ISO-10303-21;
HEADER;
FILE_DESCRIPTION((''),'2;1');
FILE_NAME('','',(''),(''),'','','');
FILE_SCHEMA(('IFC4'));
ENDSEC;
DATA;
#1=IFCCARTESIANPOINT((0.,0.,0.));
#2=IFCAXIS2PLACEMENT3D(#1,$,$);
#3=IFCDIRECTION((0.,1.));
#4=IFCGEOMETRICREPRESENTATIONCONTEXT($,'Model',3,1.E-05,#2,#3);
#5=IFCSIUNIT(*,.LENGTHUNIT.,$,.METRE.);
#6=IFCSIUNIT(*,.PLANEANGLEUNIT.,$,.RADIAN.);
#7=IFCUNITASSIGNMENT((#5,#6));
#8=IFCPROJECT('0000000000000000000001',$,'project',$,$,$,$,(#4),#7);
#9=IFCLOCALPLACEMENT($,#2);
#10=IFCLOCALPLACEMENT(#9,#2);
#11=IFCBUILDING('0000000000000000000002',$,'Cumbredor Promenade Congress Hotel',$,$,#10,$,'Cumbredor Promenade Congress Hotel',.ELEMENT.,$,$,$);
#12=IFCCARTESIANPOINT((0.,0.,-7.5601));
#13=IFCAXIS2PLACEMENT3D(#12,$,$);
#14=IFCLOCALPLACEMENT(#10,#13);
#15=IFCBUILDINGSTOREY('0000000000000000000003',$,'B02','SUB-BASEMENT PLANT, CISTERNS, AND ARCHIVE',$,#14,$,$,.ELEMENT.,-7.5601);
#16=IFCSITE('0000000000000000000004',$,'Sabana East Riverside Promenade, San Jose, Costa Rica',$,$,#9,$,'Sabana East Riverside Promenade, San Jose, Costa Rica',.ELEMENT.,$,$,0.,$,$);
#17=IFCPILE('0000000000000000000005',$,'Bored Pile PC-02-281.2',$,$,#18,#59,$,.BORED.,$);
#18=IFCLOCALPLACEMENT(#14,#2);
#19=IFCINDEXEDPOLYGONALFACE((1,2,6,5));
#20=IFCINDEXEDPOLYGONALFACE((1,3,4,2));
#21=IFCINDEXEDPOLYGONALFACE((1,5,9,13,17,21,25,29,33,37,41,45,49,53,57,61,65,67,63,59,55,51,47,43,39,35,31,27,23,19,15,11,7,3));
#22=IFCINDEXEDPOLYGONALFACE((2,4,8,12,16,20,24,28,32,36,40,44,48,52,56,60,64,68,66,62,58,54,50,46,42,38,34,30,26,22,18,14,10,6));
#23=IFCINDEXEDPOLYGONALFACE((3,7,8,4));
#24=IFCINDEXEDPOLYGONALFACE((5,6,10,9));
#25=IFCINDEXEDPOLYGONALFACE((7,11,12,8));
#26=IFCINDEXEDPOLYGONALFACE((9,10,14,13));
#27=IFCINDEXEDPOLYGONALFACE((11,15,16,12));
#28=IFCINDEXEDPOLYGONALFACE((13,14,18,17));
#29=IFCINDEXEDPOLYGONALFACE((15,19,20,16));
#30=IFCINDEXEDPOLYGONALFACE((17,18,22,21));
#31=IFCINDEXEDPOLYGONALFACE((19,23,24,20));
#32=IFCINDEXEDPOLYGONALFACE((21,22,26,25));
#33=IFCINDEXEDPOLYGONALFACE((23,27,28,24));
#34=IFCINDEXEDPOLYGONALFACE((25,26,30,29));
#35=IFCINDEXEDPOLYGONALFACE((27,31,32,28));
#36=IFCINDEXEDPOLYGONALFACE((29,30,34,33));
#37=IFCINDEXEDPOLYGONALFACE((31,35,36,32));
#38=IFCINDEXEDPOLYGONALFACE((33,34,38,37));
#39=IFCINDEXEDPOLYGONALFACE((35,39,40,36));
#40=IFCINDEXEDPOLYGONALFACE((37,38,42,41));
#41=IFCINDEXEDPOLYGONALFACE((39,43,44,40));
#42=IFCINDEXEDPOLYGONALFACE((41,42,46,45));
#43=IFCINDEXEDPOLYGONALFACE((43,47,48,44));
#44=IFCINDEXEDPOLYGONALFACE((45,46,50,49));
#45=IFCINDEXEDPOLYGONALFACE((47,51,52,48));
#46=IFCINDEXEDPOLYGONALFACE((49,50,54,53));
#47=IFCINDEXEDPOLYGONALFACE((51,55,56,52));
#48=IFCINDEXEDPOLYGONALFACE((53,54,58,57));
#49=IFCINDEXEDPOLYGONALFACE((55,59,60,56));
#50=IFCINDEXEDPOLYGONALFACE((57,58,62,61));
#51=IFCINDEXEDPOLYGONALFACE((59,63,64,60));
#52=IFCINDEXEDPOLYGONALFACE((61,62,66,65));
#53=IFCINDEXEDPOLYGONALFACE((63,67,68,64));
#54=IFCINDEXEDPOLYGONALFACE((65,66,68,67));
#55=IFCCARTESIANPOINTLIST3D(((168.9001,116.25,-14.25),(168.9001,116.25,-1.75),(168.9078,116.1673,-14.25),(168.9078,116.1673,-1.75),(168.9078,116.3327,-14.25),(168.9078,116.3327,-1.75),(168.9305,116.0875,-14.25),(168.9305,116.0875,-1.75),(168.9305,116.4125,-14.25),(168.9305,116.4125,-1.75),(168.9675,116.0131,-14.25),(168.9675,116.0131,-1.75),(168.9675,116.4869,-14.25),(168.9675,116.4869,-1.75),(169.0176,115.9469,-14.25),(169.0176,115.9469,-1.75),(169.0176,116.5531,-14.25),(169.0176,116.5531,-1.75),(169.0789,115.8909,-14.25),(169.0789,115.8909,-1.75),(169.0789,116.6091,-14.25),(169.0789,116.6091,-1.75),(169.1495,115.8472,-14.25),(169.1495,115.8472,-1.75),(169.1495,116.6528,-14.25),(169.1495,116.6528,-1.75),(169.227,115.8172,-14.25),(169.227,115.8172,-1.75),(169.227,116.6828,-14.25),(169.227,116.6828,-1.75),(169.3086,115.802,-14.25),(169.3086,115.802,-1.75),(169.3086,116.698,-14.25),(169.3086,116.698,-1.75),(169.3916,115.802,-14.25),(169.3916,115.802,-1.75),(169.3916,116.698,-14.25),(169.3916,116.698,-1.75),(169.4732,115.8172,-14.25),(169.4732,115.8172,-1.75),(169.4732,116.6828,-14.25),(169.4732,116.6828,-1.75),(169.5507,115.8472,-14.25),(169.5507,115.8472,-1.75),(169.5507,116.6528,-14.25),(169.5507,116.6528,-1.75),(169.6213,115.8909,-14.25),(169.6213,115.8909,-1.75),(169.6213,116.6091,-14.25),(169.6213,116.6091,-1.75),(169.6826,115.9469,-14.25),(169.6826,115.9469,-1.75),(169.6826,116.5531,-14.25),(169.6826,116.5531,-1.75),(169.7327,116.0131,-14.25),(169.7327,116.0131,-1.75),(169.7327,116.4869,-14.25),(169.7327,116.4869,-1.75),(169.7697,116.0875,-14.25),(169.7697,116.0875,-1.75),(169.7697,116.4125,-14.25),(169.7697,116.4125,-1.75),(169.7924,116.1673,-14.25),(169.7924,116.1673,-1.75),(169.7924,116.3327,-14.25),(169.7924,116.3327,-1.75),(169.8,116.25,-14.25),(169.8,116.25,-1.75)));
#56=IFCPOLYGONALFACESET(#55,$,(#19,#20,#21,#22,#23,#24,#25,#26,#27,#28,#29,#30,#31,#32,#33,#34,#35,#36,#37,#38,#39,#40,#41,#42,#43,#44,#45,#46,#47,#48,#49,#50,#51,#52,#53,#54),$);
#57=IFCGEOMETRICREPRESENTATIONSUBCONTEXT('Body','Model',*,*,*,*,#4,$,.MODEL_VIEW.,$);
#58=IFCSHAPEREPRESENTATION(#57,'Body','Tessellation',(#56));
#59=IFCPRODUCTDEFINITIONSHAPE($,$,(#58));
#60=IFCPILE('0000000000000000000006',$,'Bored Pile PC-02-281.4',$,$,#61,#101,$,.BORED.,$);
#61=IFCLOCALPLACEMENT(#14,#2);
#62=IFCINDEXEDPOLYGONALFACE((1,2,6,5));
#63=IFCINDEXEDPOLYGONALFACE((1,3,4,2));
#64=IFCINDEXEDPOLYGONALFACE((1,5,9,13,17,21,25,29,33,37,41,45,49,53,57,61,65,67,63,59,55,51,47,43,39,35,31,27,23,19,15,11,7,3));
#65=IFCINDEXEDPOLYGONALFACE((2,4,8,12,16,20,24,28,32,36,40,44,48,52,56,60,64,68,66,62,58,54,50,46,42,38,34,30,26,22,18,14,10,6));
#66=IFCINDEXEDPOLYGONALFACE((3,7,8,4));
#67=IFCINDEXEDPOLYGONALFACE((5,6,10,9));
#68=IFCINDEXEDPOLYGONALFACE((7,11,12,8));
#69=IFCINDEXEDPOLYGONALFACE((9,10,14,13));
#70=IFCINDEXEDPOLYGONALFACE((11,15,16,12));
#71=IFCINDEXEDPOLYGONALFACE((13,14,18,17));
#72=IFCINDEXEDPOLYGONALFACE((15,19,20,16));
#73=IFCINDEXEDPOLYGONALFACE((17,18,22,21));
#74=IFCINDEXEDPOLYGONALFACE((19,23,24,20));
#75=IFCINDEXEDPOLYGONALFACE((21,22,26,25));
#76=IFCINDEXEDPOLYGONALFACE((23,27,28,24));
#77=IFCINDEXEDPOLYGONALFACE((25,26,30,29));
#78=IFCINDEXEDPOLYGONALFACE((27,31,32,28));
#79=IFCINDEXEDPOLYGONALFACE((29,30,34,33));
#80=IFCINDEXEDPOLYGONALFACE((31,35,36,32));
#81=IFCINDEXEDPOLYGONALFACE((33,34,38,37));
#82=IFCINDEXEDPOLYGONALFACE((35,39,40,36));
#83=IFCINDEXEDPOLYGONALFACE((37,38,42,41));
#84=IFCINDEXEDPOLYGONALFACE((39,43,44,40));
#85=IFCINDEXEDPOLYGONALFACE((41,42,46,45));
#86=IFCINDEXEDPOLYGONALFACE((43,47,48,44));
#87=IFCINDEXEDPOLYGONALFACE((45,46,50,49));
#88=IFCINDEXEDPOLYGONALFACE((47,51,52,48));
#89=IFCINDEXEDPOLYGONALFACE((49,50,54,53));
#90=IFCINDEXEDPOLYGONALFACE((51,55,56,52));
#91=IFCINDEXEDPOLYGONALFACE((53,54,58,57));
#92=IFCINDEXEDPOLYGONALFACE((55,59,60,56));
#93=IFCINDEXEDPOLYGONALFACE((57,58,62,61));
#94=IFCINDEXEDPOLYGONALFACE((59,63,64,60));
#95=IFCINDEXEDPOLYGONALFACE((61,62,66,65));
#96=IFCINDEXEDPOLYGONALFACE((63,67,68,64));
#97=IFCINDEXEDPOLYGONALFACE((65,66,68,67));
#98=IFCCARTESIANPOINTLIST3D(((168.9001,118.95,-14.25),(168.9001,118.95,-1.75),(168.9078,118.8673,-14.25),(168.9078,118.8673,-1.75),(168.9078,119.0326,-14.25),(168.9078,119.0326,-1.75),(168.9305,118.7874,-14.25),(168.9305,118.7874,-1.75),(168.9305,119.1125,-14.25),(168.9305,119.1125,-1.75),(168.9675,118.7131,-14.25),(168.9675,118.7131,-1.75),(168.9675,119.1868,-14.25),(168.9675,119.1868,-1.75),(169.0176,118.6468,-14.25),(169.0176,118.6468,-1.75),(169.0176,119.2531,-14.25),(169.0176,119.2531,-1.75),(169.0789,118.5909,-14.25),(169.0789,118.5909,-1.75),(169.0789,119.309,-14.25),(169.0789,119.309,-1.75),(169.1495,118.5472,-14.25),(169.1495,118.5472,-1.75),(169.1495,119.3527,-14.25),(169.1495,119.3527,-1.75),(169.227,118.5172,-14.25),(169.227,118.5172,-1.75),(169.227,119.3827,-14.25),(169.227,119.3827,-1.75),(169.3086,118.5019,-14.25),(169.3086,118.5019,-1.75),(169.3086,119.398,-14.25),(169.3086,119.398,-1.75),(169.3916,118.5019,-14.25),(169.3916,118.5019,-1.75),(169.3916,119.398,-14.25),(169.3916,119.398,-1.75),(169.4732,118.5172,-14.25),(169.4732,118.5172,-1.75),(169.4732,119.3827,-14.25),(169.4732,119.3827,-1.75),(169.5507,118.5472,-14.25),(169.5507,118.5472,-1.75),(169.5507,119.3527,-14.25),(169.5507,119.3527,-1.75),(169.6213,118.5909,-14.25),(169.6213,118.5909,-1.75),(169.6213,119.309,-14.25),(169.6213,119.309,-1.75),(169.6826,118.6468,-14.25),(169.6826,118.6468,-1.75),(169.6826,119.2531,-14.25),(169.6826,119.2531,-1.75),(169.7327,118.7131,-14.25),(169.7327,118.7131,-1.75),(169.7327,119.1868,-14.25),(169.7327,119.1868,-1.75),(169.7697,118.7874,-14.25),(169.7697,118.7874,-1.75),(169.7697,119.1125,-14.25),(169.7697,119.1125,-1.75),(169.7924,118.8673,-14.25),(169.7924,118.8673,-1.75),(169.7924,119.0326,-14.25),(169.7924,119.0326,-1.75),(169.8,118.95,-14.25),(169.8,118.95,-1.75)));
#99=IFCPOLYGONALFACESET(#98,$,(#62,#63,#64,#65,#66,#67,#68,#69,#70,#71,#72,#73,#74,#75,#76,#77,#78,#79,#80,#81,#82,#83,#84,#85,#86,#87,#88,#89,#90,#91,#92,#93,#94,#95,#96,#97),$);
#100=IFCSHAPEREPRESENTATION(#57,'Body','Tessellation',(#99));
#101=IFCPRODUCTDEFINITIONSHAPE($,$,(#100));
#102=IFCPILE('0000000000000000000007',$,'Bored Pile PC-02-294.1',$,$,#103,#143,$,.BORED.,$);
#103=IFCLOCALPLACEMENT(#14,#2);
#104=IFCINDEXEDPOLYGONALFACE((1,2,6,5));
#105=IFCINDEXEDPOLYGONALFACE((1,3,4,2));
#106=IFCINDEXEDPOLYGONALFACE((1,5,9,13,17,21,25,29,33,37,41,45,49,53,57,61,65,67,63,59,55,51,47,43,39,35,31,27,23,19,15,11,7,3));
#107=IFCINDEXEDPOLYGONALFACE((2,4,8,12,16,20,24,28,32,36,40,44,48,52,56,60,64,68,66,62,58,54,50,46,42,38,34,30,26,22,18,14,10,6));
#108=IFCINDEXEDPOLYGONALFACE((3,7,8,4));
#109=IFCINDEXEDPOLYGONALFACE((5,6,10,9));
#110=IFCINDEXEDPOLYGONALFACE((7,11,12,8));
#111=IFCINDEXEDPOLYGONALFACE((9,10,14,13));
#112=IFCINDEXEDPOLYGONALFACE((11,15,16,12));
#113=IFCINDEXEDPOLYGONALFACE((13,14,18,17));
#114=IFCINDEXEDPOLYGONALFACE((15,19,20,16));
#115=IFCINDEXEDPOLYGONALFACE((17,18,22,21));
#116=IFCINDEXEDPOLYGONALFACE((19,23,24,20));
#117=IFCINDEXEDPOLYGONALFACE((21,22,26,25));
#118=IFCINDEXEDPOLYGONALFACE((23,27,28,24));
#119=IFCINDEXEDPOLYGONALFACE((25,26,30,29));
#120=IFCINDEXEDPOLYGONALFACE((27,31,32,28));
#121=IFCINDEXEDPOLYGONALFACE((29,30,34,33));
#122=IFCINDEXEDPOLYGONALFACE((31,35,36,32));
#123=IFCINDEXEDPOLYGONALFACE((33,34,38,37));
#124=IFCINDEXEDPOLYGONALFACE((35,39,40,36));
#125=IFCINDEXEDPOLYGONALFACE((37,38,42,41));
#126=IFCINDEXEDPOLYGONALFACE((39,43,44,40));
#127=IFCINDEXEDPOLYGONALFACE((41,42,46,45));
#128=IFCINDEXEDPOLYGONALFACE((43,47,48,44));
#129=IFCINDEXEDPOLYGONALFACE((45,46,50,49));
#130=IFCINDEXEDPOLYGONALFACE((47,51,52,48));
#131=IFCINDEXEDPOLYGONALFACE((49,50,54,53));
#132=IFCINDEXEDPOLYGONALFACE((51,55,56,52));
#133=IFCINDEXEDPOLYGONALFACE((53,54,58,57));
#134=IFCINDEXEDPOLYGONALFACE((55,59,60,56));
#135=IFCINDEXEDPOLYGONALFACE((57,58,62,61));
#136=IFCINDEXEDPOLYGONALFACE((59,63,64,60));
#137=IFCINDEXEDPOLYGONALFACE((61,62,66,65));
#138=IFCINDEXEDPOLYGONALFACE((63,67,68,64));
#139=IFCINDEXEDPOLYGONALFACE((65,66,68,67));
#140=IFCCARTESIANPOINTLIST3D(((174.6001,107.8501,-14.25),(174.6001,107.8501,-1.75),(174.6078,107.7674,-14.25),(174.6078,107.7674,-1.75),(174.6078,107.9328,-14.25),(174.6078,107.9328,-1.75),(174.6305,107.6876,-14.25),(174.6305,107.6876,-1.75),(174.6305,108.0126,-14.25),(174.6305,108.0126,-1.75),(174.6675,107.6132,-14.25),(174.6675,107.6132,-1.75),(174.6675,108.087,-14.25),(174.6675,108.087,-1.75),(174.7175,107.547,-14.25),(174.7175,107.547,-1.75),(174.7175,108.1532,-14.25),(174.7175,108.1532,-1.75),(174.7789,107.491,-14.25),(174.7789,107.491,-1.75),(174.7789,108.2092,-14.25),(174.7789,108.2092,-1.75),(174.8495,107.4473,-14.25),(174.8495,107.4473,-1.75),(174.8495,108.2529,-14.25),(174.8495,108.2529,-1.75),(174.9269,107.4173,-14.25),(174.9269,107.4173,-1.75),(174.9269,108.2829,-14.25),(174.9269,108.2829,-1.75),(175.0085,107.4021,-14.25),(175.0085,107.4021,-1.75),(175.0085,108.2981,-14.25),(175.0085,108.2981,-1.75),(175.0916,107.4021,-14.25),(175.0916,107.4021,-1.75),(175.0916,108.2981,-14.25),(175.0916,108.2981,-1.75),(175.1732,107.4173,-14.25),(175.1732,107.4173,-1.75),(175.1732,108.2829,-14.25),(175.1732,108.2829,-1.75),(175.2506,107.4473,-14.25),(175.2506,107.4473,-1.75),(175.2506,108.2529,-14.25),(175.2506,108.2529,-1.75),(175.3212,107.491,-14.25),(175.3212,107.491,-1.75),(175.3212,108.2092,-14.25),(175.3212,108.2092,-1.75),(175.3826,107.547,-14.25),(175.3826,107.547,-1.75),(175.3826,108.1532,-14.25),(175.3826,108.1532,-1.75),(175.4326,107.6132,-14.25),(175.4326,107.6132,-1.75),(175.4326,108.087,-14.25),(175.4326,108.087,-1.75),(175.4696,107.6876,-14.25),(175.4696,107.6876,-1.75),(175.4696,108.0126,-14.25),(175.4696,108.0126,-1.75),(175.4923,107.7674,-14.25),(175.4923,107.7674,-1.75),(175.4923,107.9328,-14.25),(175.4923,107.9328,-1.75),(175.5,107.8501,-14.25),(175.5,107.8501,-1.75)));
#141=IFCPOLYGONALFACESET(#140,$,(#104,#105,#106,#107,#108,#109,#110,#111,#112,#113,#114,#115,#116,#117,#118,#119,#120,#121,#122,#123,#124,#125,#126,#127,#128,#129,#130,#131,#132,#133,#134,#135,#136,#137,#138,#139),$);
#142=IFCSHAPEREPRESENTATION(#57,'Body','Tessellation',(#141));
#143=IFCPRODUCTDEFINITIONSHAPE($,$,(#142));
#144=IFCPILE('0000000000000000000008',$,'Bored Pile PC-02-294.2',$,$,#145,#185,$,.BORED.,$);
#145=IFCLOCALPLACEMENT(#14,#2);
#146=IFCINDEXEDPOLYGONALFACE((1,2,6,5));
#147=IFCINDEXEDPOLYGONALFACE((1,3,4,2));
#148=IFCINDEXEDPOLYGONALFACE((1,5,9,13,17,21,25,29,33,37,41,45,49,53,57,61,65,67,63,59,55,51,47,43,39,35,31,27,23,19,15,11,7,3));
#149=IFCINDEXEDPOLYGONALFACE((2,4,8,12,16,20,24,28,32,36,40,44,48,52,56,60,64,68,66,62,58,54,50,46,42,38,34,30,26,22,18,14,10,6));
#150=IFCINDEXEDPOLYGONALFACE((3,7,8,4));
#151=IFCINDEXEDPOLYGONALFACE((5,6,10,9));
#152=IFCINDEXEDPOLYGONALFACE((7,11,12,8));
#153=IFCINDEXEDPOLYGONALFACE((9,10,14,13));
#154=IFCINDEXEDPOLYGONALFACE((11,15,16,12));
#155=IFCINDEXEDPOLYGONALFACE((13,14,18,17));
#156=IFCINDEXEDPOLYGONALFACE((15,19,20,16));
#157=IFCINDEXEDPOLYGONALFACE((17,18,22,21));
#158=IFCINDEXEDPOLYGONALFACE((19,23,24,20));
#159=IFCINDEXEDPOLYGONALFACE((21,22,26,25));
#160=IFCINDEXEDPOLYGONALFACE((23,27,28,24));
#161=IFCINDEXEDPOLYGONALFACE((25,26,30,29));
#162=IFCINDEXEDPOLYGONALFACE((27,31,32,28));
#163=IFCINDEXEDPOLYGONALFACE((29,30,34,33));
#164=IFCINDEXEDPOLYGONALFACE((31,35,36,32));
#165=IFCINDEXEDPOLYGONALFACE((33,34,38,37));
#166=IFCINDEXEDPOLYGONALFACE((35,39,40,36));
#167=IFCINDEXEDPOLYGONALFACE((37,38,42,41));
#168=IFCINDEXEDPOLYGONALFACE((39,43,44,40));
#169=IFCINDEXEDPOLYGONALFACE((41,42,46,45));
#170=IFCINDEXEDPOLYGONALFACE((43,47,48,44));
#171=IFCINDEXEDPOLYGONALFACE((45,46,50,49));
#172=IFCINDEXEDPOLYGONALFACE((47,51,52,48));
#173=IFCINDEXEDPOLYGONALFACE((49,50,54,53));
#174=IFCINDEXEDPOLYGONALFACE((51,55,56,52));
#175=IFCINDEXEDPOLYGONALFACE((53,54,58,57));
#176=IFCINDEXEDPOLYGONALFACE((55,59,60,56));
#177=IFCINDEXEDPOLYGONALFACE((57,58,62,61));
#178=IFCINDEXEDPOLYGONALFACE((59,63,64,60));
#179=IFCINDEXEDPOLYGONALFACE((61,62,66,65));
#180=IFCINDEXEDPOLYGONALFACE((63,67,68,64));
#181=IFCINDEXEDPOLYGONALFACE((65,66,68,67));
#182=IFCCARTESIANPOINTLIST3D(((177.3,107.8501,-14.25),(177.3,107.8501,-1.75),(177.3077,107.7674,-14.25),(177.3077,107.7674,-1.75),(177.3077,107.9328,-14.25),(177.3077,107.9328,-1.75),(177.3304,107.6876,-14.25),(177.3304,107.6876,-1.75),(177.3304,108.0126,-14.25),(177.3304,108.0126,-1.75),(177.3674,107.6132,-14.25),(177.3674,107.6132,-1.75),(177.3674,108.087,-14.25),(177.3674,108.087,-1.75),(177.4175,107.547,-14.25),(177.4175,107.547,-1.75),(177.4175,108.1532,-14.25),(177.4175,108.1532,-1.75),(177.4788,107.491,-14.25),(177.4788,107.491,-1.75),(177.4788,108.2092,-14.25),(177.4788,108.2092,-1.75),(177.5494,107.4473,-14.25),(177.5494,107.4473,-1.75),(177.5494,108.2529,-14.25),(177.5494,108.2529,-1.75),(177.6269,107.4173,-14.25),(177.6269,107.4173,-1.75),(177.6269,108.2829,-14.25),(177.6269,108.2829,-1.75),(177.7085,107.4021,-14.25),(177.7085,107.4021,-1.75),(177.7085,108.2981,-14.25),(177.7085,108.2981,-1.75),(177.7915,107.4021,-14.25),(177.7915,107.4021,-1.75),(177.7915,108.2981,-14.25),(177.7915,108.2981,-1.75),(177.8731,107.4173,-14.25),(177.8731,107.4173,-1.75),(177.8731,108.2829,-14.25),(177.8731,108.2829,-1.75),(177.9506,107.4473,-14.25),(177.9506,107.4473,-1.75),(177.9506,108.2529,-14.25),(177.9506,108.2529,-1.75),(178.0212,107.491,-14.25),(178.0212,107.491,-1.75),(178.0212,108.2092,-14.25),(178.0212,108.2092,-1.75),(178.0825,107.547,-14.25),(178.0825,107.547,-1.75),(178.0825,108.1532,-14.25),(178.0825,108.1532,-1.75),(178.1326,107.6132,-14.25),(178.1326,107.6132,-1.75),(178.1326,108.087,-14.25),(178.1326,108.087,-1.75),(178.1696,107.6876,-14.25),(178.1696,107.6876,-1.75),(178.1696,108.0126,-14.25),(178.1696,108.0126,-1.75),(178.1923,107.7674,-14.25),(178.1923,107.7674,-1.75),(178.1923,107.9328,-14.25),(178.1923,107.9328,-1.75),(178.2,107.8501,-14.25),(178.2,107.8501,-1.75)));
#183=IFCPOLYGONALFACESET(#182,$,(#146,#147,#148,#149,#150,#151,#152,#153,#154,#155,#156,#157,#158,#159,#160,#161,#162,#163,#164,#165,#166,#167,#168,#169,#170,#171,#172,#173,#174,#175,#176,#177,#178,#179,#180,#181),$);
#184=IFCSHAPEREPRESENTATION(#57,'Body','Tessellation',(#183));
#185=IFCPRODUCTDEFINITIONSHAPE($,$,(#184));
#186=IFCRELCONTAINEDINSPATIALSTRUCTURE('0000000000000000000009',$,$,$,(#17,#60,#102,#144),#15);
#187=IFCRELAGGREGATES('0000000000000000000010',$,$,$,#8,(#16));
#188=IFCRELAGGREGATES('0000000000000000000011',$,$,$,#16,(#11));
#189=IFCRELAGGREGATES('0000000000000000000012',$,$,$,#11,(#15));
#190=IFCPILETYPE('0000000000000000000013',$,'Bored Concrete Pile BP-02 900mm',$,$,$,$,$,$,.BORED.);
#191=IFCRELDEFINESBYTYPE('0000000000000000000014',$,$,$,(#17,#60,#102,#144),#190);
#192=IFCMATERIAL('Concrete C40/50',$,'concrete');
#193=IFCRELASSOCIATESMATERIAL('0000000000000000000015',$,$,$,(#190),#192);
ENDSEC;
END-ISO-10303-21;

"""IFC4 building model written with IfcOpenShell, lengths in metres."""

from ifc_helpers import new_model, si_unit, direction, frame, origin, origin_2d, place, context, subcontext, project, spatial, circle, extrude, material, material_profile, profile_set, type_object, element, save


model = new_model("IFC4")

# Units and contexts
model_context = context("Model", 3, precision=1e-05, world=origin(), true_north=direction((0.0, 1.0)))
body_context = subcontext(model_context, "Body", "Model", "MODEL_VIEW")
ifc_project = project(units=[si_unit("LENGTHUNIT", "METRE"), si_unit("PLANEANGLEUNIT", "RADIAN")], contexts=[model_context])

# Site, building, storey
site_placement = place(None, origin())
site = spatial("IfcSite", under=ifc_project, at=site_placement, Name="Sabana East Riverside Promenade, San Jose, Costa Rica", LongName="Sabana East Riverside Promenade, San Jose, Costa Rica", CompositionType="ELEMENT", RefElevation=0.0)
building_placement = place(site_placement, origin())
building = spatial("IfcBuilding", under=site, at=building_placement, Name="Cumbredor Promenade Congress Hotel", LongName="Cumbredor Promenade Congress Hotel", CompositionType="ELEMENT")
storey_placement = place(building_placement, frame((0.0, 0.0, -7.5601)))
storey = spatial("IfcBuildingStorey", under=building, at=storey_placement, Name="B02", Description="SUB-BASEMENT PLANT, CISTERNS, AND ARCHIVE", CompositionType="ELEMENT", Elevation=-7.5601)

# Piles
ifc_material_1 = material(Name="Concrete C40/50", Category="concrete")
ifc_material_profile_1 = material_profile(ifc_material_1, circle(Radius=0.45, at=origin_2d()), Name="PILE D900")
ifc_profile_set_1 = profile_set([ifc_material_profile_1], Name="Concrete C40/50")
pile_type = type_object("IfcPileType", Name="Bored Concrete Pile BP-02 900mm", PredefinedType="BORED", material=ifc_profile_set_1)
for number, where, z_axis, x_axis, name in (
    (1, (169.3501, 116.25, -1.75), (0.0, 0.0, -1.0), (1.0, 0.0, 0.0), "Bored Pile PC-02-281.2"),
    (2, (169.3501, 118.95, -1.75), (0.0, 0.0, -1.0), (1.0, 0.0, 0.0), "Bored Pile PC-02-281.4"),
    (3, (175.05, 107.8501, -1.75), (0.0, 0.0, -1.0), (1.0, 0.0, 0.0), "Bored Pile PC-02-294.1"),
    (4, (177.75, 107.8501, -1.75), (0.0, 0.0, -1.0), (1.0, 0.0, 0.0), "Bored Pile PC-02-294.2"),
):
    element("IfcPile", number, at=place(storey_placement, frame(where, z_axis=z_axis, x_axis=x_axis)), inside=storey, type_object=pile_type, Name=name, PredefinedType="BORED", context=body_context, shape_type="SweptSolid", body=[
        extrude(circle(Radius=0.45, at=origin_2d()), origin(), (0.0, 0.0, 1.0), 12.5),
    ])

save(model, "model.ifc")
